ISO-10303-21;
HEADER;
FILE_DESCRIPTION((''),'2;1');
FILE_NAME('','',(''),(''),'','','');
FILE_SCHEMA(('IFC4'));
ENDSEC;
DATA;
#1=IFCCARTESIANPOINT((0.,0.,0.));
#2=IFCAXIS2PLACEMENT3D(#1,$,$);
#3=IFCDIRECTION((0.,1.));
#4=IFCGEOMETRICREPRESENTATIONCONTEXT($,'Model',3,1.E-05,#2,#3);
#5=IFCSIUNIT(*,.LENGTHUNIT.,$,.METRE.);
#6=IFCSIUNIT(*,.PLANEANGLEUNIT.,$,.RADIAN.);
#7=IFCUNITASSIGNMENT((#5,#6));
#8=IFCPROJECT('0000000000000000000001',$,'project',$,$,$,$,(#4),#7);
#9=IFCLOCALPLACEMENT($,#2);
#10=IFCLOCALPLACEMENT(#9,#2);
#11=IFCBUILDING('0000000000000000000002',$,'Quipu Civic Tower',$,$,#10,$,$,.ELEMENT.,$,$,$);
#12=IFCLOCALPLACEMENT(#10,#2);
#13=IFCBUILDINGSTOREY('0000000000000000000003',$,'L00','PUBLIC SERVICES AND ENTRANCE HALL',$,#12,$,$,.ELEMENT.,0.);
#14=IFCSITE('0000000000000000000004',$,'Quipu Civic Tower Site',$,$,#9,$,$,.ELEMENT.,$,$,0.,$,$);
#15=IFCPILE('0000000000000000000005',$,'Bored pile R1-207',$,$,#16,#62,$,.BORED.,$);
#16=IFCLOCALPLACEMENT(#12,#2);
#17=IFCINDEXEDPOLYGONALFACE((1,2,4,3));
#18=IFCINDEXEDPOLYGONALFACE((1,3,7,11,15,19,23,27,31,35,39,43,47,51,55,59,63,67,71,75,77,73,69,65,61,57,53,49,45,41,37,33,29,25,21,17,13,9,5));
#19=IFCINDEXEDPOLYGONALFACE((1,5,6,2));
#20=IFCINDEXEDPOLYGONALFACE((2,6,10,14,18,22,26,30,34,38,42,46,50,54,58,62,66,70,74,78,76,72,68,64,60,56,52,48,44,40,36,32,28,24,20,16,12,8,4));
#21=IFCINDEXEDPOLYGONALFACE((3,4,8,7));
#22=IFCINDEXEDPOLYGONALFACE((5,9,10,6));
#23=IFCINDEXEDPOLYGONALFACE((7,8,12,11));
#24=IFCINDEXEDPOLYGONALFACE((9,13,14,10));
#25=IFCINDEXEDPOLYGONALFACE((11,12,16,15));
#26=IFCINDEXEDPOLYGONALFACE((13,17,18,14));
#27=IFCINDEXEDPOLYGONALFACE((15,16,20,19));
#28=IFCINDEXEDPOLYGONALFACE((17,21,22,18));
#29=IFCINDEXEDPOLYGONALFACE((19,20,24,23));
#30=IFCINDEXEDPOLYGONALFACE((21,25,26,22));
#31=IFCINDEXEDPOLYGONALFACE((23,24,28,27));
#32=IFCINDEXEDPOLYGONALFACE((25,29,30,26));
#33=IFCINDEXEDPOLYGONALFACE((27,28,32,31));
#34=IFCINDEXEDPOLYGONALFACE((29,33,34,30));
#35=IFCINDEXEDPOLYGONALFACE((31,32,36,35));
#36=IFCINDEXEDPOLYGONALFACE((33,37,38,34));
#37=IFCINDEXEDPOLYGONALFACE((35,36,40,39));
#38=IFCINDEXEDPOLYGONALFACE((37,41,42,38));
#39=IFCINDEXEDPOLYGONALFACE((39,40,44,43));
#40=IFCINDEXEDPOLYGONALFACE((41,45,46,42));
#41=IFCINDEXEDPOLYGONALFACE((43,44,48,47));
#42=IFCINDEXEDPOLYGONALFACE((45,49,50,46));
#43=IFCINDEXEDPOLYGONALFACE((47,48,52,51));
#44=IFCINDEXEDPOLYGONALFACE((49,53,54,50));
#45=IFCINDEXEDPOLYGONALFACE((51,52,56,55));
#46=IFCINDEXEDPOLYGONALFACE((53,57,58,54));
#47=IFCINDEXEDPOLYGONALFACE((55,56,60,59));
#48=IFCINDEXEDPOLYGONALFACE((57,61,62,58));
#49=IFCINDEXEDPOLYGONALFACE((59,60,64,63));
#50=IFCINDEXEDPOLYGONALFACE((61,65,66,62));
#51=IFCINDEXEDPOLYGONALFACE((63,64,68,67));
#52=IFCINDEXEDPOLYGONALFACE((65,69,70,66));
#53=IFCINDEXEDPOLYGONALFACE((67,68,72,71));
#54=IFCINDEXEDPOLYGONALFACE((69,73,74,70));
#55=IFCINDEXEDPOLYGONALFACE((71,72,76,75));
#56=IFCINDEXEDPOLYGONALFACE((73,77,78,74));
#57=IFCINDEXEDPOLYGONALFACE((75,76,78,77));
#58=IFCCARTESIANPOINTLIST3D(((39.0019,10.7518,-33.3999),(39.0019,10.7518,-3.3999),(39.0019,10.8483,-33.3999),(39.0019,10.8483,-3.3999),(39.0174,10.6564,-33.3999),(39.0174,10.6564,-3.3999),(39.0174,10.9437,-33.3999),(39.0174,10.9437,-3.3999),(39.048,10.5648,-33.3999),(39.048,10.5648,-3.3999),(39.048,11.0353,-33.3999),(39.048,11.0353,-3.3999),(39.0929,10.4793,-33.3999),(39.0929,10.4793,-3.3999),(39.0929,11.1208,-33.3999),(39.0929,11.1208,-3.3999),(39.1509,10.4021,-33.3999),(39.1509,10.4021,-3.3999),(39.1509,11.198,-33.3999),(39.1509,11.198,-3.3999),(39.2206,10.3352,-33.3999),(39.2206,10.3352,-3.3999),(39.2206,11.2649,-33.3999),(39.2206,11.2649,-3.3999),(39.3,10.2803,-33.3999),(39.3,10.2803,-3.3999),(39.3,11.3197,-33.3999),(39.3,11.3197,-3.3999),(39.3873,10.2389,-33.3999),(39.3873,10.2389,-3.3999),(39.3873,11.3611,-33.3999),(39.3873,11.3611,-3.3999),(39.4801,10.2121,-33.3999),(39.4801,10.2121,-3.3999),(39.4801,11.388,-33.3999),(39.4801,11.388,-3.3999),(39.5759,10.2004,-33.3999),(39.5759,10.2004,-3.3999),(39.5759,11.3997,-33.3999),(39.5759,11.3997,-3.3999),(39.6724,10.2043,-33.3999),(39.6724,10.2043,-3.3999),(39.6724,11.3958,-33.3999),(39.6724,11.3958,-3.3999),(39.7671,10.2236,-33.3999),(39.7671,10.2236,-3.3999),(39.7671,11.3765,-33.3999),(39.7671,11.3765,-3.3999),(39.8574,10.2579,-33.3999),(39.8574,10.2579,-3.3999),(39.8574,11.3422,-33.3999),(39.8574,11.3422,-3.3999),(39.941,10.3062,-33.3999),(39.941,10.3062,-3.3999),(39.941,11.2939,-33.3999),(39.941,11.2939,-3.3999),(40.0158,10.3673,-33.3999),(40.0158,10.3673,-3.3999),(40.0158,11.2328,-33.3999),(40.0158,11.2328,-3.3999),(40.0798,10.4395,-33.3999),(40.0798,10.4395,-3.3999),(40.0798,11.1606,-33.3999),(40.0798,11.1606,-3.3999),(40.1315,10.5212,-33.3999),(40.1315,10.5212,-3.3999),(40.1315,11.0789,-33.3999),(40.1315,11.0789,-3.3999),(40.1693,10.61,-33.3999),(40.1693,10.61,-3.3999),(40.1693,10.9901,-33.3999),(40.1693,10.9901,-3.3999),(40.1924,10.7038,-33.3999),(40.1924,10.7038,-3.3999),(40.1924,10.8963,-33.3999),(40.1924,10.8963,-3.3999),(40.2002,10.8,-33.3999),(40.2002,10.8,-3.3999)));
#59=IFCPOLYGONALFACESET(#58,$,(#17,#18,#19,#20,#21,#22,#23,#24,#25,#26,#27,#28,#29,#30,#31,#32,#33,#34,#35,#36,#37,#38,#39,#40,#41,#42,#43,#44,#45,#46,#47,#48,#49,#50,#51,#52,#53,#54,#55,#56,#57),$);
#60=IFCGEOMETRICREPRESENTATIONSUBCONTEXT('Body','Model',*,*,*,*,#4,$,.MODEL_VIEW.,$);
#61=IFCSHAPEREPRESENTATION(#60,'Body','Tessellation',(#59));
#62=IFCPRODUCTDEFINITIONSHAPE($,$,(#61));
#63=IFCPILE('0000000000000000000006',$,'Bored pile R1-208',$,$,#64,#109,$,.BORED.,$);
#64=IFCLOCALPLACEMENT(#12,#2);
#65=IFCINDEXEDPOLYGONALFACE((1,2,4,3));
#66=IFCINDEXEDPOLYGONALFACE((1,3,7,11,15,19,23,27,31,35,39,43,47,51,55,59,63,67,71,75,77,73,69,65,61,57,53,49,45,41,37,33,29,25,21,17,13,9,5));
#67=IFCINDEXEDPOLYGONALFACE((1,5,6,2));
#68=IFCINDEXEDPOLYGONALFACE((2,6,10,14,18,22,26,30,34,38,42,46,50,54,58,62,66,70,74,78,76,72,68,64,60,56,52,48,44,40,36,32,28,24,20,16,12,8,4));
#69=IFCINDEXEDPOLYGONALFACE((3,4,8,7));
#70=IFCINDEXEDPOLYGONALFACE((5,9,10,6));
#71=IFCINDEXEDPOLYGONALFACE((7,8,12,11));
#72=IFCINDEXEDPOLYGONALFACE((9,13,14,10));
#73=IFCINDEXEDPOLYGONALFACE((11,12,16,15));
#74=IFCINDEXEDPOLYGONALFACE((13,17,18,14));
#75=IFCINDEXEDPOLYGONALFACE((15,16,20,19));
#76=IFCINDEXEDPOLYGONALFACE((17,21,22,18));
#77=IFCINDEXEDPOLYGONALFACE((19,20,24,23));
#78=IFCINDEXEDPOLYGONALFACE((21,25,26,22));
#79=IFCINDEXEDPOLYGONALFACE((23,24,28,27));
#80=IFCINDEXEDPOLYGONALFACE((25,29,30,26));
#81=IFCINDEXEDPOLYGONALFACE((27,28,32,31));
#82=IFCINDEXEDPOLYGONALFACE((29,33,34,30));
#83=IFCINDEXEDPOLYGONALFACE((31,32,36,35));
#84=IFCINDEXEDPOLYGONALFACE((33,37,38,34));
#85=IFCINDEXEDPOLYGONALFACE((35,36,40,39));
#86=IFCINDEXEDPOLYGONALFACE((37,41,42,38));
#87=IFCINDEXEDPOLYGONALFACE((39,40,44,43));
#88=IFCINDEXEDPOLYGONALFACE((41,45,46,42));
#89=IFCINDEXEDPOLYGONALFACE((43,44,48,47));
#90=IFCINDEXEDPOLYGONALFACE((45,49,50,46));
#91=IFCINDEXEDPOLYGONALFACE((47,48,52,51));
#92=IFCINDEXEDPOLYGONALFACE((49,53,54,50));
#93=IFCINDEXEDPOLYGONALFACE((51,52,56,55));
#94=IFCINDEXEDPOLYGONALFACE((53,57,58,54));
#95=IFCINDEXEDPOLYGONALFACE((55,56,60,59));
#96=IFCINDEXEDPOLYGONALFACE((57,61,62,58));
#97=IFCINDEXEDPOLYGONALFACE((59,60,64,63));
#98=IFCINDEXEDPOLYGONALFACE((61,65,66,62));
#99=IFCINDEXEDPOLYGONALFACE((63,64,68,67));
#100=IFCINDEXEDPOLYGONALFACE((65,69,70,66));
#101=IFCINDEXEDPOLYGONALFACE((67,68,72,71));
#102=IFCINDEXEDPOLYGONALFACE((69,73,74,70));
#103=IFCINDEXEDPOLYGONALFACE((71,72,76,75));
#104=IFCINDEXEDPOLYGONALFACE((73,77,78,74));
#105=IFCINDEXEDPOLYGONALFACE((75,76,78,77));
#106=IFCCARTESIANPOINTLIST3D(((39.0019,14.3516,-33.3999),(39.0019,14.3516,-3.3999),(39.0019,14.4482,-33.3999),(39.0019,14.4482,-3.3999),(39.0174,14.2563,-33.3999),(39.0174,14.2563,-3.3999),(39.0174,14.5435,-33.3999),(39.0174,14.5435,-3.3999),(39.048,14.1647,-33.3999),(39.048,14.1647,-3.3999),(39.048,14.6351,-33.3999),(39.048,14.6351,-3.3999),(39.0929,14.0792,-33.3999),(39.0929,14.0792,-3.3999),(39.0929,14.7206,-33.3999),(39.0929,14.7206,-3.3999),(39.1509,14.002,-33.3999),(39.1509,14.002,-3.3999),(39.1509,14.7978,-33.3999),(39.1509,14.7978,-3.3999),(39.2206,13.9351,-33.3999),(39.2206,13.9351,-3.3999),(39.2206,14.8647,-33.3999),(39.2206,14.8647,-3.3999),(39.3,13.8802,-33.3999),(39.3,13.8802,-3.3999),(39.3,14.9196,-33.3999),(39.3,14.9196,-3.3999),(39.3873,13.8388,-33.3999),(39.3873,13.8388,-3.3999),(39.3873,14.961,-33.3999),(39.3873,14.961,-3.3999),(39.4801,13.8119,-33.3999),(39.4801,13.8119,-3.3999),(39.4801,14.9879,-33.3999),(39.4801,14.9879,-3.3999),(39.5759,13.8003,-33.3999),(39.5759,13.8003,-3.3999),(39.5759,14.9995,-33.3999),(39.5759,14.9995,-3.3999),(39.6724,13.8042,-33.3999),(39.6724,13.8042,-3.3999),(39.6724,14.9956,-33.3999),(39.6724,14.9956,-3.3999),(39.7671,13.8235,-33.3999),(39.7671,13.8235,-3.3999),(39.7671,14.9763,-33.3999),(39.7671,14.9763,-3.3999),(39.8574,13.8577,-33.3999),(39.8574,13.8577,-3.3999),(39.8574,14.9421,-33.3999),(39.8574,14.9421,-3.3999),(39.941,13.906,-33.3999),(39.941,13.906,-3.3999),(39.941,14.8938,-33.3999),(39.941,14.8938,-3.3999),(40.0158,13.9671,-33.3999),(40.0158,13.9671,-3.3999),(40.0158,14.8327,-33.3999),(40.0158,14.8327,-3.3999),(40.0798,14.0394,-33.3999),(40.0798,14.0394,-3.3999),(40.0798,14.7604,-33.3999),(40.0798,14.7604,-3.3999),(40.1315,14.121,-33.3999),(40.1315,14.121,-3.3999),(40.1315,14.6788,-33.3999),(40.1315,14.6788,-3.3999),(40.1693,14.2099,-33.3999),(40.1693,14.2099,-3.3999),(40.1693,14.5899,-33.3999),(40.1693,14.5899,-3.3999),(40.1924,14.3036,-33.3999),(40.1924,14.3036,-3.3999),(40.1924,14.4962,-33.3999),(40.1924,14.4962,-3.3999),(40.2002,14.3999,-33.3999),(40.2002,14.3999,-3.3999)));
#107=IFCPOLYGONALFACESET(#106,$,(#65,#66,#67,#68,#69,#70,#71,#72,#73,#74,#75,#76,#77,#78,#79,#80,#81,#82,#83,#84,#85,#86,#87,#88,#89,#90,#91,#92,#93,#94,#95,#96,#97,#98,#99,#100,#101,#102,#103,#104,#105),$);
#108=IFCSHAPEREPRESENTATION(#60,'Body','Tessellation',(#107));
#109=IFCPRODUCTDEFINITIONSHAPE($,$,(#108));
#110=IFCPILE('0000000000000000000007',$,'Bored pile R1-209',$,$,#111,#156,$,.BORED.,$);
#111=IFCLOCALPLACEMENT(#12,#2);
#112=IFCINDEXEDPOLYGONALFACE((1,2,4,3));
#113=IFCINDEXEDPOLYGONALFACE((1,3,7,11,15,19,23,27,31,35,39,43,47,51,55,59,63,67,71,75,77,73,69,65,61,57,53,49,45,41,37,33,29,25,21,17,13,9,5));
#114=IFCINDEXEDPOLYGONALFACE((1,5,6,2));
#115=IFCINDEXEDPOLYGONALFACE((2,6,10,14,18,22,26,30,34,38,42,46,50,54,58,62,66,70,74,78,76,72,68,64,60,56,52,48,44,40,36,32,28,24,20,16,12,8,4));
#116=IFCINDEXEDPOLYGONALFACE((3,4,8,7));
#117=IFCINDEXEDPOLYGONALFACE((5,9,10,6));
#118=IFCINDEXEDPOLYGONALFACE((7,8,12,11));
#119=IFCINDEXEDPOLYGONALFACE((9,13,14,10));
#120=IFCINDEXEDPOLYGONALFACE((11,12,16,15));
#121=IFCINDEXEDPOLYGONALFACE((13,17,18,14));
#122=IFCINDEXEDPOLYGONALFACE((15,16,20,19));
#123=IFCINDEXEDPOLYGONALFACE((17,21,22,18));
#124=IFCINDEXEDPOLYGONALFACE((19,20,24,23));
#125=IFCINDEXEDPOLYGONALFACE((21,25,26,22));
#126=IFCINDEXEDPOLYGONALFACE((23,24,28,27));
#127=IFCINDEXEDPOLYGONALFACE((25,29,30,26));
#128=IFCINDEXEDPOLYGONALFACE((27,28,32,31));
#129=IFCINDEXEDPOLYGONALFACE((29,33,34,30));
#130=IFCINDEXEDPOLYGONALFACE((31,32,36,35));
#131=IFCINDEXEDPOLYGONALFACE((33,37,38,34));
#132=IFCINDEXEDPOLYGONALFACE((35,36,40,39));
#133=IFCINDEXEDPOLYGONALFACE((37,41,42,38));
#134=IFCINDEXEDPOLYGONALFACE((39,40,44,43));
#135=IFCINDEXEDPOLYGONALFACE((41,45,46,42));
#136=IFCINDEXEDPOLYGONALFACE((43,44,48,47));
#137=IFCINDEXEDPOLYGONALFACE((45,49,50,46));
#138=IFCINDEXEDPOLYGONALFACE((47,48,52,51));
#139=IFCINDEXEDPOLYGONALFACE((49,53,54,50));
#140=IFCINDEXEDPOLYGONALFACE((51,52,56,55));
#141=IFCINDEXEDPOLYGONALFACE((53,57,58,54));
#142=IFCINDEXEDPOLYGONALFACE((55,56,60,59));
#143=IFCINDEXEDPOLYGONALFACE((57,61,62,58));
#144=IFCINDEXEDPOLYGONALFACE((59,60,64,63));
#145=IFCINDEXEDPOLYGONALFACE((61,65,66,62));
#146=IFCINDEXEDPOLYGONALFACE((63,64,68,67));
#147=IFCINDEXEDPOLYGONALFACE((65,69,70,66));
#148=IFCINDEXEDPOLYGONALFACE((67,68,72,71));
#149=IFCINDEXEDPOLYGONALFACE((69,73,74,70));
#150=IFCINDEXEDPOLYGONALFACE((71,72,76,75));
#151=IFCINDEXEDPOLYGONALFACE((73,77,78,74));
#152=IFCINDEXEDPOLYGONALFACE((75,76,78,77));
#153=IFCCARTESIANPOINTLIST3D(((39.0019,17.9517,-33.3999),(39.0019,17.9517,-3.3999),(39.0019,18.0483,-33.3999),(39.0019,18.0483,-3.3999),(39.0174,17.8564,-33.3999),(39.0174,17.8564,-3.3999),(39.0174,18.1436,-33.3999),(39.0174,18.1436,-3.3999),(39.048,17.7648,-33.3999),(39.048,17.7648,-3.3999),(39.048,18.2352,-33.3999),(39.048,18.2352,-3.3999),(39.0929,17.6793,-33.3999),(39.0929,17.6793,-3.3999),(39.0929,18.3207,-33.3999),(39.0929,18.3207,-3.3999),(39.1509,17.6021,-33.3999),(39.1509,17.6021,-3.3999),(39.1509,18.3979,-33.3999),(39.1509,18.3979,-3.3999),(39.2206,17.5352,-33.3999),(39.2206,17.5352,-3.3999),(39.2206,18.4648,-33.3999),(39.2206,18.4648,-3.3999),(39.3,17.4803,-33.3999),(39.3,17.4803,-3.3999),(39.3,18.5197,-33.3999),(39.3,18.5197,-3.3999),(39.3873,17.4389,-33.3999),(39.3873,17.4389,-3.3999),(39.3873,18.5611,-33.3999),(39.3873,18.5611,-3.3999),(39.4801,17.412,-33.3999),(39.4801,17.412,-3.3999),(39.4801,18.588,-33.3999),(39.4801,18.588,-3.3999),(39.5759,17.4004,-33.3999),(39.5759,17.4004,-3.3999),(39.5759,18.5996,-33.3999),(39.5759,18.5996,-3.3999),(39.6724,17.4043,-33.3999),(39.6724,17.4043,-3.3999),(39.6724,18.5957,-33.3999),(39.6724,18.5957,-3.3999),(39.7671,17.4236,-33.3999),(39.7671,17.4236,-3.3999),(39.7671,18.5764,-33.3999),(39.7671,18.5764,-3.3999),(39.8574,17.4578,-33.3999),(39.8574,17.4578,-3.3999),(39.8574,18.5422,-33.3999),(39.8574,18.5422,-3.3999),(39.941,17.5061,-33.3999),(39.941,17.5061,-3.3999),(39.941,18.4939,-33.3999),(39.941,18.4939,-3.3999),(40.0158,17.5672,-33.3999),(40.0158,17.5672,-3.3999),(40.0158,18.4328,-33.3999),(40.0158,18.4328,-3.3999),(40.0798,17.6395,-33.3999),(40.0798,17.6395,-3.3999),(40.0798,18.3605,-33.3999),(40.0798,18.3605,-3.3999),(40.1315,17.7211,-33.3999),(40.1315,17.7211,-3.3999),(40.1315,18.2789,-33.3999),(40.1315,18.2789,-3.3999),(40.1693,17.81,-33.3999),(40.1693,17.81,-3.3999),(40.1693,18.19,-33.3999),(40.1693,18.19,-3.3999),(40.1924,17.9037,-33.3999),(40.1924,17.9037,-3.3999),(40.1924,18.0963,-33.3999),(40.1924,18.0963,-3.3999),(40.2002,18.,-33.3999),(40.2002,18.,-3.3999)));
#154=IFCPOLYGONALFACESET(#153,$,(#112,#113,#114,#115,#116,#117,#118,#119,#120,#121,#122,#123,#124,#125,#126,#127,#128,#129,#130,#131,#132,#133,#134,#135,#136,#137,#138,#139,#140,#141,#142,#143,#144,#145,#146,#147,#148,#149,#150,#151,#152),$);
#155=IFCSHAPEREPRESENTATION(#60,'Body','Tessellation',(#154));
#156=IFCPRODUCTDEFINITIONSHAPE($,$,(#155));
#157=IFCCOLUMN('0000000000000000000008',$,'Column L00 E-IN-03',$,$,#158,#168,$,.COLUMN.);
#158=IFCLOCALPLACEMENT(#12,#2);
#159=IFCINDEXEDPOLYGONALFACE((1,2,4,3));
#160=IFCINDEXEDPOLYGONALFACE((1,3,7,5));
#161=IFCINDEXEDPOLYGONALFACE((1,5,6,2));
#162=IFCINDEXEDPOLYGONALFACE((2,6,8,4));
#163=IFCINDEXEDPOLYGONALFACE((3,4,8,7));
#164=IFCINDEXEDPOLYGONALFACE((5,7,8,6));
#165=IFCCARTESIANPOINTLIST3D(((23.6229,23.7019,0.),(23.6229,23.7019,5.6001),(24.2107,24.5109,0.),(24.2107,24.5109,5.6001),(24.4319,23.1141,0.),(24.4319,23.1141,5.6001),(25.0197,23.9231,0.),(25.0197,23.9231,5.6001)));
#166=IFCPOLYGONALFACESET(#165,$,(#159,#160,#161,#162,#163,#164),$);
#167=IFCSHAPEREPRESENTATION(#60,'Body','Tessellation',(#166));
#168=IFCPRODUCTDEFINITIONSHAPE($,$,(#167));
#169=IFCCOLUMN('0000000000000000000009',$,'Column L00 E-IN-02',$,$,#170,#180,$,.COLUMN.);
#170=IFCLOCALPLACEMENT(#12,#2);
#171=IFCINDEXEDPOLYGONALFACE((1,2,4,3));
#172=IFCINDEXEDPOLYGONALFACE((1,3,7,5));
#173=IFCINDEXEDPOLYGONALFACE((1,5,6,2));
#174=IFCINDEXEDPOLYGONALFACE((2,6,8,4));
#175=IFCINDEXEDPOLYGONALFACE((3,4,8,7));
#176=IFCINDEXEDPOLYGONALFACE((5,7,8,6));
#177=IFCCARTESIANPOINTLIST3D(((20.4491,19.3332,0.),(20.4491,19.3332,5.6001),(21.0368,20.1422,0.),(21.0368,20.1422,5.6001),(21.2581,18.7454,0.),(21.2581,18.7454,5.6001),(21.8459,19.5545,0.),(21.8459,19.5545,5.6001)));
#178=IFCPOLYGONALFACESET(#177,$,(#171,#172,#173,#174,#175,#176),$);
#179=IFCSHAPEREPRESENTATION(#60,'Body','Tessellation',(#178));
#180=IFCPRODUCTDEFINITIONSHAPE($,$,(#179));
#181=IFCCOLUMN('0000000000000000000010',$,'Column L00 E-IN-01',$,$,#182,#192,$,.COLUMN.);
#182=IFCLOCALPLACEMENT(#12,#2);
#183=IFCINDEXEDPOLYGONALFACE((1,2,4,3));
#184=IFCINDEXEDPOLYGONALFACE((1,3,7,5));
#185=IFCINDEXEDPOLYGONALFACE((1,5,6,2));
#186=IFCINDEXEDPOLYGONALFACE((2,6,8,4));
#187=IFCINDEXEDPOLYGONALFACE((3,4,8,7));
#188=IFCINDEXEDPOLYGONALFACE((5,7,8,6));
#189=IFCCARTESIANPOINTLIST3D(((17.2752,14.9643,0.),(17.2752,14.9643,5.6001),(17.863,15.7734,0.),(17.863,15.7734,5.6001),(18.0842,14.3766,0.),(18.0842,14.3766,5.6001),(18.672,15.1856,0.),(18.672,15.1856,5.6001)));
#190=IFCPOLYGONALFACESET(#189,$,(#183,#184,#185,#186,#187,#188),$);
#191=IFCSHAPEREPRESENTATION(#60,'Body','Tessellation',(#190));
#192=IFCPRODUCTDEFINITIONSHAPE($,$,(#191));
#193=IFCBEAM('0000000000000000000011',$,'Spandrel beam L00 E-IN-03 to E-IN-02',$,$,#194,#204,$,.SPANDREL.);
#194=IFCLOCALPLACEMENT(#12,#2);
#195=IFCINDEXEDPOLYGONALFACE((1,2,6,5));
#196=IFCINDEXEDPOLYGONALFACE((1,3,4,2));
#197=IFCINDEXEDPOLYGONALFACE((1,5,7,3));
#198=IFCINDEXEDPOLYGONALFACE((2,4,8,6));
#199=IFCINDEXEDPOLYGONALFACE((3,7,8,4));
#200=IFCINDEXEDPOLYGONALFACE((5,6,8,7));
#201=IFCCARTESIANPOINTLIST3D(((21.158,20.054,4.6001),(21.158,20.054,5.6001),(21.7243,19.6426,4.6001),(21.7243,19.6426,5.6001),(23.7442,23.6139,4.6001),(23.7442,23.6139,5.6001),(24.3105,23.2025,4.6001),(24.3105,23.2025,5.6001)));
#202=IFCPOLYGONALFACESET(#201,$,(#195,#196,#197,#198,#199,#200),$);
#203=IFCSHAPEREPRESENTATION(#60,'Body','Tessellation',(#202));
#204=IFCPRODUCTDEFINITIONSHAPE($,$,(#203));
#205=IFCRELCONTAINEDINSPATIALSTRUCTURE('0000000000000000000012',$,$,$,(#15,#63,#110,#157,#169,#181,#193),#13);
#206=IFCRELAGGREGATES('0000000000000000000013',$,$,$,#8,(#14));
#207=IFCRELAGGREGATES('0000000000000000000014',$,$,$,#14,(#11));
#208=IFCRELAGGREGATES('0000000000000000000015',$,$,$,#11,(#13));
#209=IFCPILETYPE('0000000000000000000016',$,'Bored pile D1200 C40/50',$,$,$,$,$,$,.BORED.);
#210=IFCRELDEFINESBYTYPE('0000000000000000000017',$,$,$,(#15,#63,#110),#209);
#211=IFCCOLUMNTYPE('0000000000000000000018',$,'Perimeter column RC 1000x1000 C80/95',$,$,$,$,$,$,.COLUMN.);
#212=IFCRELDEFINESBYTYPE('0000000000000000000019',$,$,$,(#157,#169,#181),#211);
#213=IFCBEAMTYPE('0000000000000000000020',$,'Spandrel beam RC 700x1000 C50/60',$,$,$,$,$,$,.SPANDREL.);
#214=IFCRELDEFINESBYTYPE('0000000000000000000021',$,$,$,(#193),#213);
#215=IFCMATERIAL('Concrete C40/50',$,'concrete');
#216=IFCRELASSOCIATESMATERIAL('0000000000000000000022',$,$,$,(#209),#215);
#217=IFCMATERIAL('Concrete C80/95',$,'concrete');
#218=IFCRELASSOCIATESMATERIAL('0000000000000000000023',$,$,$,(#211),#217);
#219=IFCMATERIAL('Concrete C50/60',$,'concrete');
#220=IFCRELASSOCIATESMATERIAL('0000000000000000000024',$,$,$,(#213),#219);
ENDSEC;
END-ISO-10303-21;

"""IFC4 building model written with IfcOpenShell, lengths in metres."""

from ifc_helpers import new_model, si_unit, direction, frame, origin, origin_2d, place, context, subcontext, project, spatial, rectangle, circle, extrude, material, material_profile, profile_set, type_object, element, save


model = new_model("IFC4")

# Units and contexts
model_context = context("Model", 3, precision=1e-05, world=origin(), true_north=direction((0.0, 1.0)))
body_context = subcontext(model_context, "Body", "Model", "MODEL_VIEW")
ifc_project = project(units=[si_unit("LENGTHUNIT", "METRE"), si_unit("PLANEANGLEUNIT", "RADIAN")], contexts=[model_context])

# Site, building, storey
site_placement = place(None, origin())
site = spatial("IfcSite", under=ifc_project, at=site_placement, Name="Quipu Civic Tower Site", CompositionType="ELEMENT", RefElevation=0.0)
building_placement = place(site_placement, origin())
building = spatial("IfcBuilding", under=site, at=building_placement, Name="Quipu Civic Tower", CompositionType="ELEMENT")
storey_placement = place(building_placement, origin())
storey = spatial("IfcBuildingStorey", under=building, at=storey_placement, Name="L00", Description="PUBLIC SERVICES AND ENTRANCE HALL", CompositionType="ELEMENT", Elevation=0.0)

# Piles
ifc_material_1 = material(Name="Concrete C40/50", Category="concrete")
ifc_material_profile_1 = material_profile(ifc_material_1, circle(Radius=0.6001, at=origin_2d()), Name="RCD1200")
ifc_profile_set_1 = profile_set([ifc_material_profile_1], Name="Concrete C40/50")
pile_type = type_object("IfcPileType", Name="Bored pile D1200 C40/50", PredefinedType="BORED", material=ifc_profile_set_1)
for number, where, z_axis, x_axis, name in (
    (1, (39.6001, 10.8, -3.3999), (0.0, 0.0, -1.0), (1.0, 0.0, 0.0), "Bored pile R1-207"),
    (2, (39.6001, 14.3999, -3.3999), (0.0, 0.0, -1.0), (1.0, 0.0, 0.0), "Bored pile R1-208"),
    (3, (39.6001, 18.0, -3.3999), (0.0, 0.0, -1.0), (1.0, 0.0, 0.0), "Bored pile R1-209"),
):
    element("IfcPile", number, at=place(storey_placement, frame(where, z_axis=z_axis, x_axis=x_axis)), inside=storey, type_object=pile_type, Name=name, PredefinedType="BORED", context=body_context, shape_type="SweptSolid", body=[
        extrude(circle(Radius=0.6001, at=origin_2d()), origin(), (0.0, 0.0, 1.0), 30.0),
    ])

# Columns
ifc_material_2 = material(Name="Concrete C80/95", Category="concrete")
ifc_material_profile_2 = material_profile(ifc_material_2, rectangle(XDim=1.0, YDim=1.0, at=origin_2d()), Name="RC1000x1000")
ifc_profile_set_2 = profile_set([ifc_material_profile_2], Name="Concrete C80/95")
column_type = type_object("IfcColumnType", Name="Perimeter column RC 1000x1000 C80/95", PredefinedType="COLUMN", material=ifc_profile_set_2)
for number, where, z_axis, x_axis, name in (
    (4, (24.3213, 23.8125, 0.0), (0.0, 0.0, 1.0), (-0.587785, -0.809017, 0.0), "Column L00 E-IN-03"),
    (5, (21.1475, 19.4438, 0.0), (0.0, 0.0, 1.0), (-0.587785, -0.809017, 0.0), "Column L00 E-IN-02"),
    (6, (17.9736, 15.075, 0.0), (0.0, 0.0, 1.0), (-0.587785, -0.809017, 0.0), "Column L00 E-IN-01"),
):
    element("IfcColumn", number, at=place(storey_placement, frame(where, z_axis=z_axis, x_axis=x_axis)), inside=storey, type_object=column_type, Name=name, PredefinedType="COLUMN", context=body_context, shape_type="SweptSolid", body=[
        extrude(rectangle(XDim=1.0, YDim=1.0, at=origin_2d()), origin(), (0.0, 0.0, 1.0), 5.6001),
    ])

# Beam
ifc_material_3 = material(Name="Concrete C50/60", Category="concrete")
ifc_material_profile_3 = material_profile(ifc_material_3, rectangle(XDim=0.7, YDim=1.0, at=origin_2d()), Name="RC700x1000")
ifc_profile_set_3 = profile_set([ifc_material_profile_3], Name="Concrete C50/60")
beam_type = type_object("IfcBeamType", Name="Spandrel beam RC 700x1000 C50/60", PredefinedType="SPANDREL", material=ifc_profile_set_3)
beam_1_placement = place(storey_placement, frame((24.0273, 23.4082, 5.1001), z_axis=(-0.587759, -0.809036, 0.0), x_axis=(0.809036, -0.587759, 0.0)))
element("IfcBeam", 7, at=beam_1_placement, inside=storey, type_object=beam_type, Name="Spandrel beam L00 E-IN-03 to E-IN-02", PredefinedType="SPANDREL", context=body_context, shape_type="SweptSolid", body=[
    extrude(rectangle(XDim=0.7, YDim=1.0, at=origin_2d()), origin(), (0.0, 0.0, 1.0), 4.4001),
])

save(model, "model.ifc")
